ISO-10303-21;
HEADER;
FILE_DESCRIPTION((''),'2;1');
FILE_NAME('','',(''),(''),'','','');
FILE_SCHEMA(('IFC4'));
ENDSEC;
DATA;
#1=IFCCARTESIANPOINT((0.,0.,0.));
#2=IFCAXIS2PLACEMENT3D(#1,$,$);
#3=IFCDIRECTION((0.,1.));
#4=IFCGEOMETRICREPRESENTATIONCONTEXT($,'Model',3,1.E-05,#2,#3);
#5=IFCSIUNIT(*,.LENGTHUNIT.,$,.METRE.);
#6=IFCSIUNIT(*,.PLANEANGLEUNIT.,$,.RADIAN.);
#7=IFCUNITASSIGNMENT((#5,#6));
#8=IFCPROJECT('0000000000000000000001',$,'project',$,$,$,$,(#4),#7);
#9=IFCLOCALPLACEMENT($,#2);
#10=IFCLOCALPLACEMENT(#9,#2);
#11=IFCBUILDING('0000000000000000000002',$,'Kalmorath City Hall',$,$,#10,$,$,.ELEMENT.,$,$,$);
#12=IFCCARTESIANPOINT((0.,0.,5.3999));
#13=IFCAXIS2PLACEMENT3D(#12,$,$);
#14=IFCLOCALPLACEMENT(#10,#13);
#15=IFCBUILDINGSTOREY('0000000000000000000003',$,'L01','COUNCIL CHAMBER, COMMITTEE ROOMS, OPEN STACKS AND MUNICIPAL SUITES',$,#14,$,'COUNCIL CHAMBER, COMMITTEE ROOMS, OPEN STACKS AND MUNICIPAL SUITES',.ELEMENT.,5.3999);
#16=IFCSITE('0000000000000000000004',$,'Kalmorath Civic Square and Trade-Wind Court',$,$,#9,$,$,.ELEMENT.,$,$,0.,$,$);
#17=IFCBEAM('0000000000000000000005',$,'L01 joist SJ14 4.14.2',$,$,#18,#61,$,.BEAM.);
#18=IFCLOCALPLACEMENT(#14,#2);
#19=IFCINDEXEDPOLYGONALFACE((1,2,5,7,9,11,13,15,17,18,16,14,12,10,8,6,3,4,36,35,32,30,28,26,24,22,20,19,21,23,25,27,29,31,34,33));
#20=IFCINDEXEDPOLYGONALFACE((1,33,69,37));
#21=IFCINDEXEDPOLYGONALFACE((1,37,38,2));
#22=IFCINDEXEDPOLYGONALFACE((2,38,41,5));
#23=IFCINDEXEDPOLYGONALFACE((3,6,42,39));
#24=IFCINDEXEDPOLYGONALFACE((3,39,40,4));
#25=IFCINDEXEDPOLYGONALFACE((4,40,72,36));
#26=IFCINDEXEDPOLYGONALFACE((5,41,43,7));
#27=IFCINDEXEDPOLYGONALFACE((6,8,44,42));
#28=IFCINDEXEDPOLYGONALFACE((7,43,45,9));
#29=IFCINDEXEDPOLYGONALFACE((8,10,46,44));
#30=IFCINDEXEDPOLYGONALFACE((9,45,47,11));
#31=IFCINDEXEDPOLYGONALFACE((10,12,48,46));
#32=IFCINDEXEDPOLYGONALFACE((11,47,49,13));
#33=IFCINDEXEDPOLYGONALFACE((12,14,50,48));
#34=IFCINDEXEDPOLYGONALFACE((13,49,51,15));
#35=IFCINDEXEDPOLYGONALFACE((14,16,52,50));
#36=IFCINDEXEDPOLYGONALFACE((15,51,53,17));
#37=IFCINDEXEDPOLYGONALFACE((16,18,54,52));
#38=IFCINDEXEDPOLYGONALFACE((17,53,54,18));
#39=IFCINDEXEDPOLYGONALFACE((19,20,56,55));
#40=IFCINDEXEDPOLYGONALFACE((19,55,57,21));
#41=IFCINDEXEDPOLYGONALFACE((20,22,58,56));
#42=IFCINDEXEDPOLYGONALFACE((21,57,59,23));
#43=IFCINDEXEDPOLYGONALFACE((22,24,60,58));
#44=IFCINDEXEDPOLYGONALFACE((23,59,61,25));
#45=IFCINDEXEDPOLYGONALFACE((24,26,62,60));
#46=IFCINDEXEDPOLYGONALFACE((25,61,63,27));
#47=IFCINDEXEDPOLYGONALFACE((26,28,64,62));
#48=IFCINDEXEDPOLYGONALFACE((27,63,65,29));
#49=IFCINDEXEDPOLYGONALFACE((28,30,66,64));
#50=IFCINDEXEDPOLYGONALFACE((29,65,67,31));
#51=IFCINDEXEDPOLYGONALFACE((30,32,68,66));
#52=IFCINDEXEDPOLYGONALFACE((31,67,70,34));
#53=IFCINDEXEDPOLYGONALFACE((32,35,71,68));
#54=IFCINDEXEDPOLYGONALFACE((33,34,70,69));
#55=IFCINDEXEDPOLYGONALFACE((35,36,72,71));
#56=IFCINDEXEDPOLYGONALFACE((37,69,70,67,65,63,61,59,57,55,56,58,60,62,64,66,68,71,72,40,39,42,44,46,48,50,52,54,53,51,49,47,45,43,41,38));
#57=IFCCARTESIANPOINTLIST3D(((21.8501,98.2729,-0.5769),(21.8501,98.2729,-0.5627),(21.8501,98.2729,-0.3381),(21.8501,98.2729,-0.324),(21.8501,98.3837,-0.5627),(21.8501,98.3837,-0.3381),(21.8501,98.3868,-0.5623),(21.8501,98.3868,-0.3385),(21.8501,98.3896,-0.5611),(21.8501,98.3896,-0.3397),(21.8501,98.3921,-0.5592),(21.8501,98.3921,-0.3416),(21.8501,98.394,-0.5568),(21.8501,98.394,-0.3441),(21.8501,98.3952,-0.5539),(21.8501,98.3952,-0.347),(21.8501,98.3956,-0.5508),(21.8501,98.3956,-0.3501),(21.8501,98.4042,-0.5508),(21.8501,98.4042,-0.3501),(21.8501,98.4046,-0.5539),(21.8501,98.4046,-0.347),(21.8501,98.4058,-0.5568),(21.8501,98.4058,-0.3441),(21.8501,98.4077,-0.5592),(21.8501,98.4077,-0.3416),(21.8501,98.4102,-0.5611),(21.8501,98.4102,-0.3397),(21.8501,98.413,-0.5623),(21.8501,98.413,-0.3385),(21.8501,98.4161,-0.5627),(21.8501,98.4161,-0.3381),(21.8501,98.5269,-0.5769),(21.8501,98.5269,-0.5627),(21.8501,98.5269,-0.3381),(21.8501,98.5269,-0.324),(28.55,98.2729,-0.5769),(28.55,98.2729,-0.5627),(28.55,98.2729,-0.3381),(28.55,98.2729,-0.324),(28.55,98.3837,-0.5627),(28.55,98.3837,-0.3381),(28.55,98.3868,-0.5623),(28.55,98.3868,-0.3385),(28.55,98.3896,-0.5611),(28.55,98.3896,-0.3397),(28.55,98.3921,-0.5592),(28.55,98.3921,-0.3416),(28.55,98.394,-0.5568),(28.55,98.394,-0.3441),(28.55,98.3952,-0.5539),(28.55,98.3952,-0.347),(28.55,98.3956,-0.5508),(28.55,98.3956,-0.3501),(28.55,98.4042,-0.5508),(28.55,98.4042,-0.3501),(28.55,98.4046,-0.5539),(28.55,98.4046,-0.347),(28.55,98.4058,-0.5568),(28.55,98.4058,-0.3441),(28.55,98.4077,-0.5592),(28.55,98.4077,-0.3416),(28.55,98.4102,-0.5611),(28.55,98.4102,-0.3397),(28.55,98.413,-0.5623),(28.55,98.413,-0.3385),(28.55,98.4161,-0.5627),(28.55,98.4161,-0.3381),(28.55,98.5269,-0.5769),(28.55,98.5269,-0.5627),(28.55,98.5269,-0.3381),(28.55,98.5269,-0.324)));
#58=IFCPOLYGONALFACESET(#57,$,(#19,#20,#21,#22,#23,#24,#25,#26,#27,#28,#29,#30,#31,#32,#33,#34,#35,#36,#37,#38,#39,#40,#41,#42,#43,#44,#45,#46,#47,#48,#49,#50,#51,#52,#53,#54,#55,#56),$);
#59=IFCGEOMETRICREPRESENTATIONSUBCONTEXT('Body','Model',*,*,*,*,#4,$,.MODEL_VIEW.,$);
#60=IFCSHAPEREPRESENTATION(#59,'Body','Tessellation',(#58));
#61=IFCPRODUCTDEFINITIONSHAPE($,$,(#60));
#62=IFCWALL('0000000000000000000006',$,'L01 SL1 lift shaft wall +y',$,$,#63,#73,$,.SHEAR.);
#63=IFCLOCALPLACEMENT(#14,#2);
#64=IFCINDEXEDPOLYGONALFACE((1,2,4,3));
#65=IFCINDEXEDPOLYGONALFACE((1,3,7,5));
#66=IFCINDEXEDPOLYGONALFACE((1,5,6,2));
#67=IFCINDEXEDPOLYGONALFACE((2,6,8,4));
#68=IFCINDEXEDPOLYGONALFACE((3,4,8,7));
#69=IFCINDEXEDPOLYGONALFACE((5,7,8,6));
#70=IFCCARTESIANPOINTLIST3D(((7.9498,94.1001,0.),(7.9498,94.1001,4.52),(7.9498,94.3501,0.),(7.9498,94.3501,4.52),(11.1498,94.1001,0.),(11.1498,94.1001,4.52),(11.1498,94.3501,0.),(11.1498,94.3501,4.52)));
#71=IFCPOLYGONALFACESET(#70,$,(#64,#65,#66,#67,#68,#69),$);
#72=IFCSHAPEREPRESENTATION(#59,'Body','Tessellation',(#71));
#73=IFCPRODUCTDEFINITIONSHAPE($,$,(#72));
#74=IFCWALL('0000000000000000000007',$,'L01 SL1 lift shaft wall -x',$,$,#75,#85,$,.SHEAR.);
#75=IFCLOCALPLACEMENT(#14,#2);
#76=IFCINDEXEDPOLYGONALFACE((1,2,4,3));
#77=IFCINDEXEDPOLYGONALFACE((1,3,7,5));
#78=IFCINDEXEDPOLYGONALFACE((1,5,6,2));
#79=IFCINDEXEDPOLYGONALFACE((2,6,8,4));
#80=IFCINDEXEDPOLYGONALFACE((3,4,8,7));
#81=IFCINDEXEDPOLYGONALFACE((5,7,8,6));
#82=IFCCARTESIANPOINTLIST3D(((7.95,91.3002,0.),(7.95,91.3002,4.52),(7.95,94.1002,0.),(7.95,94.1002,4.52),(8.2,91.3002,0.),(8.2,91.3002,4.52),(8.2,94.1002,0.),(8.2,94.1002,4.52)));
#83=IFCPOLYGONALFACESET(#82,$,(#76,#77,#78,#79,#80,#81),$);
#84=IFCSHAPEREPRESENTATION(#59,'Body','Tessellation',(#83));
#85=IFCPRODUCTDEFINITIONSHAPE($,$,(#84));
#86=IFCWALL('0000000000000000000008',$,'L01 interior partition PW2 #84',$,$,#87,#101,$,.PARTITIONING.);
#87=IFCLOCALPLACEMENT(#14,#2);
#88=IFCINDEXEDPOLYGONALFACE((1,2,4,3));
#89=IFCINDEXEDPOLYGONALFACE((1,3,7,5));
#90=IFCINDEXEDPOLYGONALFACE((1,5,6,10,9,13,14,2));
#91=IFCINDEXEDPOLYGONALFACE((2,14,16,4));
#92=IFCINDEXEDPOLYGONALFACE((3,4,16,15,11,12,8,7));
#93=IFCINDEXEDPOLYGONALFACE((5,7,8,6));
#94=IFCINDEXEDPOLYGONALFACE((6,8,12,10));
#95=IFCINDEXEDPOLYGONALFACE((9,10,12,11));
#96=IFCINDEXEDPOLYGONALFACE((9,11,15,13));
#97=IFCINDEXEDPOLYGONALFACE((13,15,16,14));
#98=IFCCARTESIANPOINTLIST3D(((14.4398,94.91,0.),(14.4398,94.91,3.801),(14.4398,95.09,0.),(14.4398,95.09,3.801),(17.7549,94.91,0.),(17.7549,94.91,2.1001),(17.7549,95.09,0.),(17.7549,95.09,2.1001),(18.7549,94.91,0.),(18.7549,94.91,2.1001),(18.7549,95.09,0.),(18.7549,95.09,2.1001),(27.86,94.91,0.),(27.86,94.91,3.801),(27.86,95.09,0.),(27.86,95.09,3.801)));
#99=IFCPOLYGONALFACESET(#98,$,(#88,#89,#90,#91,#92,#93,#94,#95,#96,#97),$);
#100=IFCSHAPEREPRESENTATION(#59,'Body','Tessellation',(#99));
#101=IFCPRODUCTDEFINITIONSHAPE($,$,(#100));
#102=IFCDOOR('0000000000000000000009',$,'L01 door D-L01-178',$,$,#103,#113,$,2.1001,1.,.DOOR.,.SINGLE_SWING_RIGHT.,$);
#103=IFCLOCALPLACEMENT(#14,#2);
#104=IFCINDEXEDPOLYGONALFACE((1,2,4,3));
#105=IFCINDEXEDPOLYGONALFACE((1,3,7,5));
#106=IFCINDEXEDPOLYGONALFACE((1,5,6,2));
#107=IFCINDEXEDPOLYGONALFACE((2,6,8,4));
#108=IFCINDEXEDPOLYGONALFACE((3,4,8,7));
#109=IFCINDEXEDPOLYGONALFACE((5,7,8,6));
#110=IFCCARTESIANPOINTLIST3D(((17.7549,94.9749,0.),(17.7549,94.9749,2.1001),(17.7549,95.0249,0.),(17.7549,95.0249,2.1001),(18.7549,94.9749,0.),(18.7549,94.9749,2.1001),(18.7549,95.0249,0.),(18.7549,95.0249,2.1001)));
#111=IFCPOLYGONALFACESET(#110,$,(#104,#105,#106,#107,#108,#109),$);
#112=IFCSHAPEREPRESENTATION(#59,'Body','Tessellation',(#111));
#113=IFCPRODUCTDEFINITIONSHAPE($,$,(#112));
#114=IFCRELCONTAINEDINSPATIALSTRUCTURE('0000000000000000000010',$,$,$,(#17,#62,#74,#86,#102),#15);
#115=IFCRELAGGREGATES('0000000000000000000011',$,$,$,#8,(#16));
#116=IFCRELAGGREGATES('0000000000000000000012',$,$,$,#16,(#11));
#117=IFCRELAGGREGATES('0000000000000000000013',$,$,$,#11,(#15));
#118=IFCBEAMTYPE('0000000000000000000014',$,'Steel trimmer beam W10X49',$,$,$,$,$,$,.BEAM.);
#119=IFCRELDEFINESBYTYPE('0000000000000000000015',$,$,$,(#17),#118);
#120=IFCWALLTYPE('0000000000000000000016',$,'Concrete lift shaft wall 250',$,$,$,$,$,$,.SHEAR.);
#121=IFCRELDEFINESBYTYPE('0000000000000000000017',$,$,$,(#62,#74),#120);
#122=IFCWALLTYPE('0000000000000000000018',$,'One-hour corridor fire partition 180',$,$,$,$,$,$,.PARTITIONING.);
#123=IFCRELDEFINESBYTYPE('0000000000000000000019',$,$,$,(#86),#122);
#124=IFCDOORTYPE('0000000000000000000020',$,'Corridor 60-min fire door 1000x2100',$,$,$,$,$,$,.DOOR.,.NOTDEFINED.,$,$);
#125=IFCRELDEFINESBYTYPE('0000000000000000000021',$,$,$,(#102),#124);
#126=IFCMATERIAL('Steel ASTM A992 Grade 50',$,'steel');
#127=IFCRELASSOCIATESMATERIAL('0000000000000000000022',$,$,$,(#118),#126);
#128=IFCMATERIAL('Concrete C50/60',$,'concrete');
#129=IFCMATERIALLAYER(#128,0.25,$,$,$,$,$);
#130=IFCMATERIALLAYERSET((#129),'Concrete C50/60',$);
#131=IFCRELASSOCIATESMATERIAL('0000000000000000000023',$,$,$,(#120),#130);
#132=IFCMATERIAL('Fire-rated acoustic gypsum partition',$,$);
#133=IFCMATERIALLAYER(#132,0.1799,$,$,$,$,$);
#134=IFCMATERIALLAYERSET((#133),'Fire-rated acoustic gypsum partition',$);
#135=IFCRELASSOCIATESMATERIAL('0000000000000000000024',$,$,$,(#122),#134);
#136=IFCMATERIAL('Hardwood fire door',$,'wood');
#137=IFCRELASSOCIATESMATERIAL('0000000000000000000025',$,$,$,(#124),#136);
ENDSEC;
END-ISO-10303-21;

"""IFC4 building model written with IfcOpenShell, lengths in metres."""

from ifc_helpers import new_model, si_unit, direction, frame, frame_2d, origin, origin_2d, place, context, subcontext, project, spatial, rectangle, i_section, extrude, material, layer, layer_set, material_profile, profile_set, type_object, element, fill, save


model = new_model("IFC4")

# Units and contexts
model_context = context("Model", 3, precision=1e-05, world=origin(), true_north=direction((0.0, 1.0)))
body_context = subcontext(model_context, "Body", "Model", "MODEL_VIEW")
ifc_project = project(units=[si_unit("LENGTHUNIT", "METRE"), si_unit("PLANEANGLEUNIT", "RADIAN")], contexts=[model_context])

# Site, building, storey
site_placement = place(None, origin())
site = spatial("IfcSite", under=ifc_project, at=site_placement, Name="Kalmorath Civic Square and Trade-Wind Court", CompositionType="ELEMENT", RefElevation=0.0)
building_placement = place(site_placement, origin())
building = spatial("IfcBuilding", under=site, at=building_placement, Name="Kalmorath City Hall", CompositionType="ELEMENT")
storey_placement = place(building_placement, frame((0.0, 0.0, 5.3999)))
storey = spatial("IfcBuildingStorey", under=building, at=storey_placement, Name="L01", Description="COUNCIL CHAMBER, COMMITTEE ROOMS, OPEN STACKS AND MUNICIPAL SUITES", LongName="COUNCIL CHAMBER, COMMITTEE ROOMS, OPEN STACKS AND MUNICIPAL SUITES", CompositionType="ELEMENT", Elevation=5.3999)

# Beam
ifc_material_1 = material(Name="Steel ASTM A992 Grade 50", Category="steel")
ifc_material_profile_1 = material_profile(ifc_material_1, i_section(OverallWidth=0.2539, OverallDepth=0.2529, WebThickness=0.0085, FlangeThickness=0.0142, FilletRadius=0.012, at=origin_2d()), Name="W10X49")
ifc_profile_set_1 = profile_set([ifc_material_profile_1], Name="Steel ASTM A992 Grade 50")
beam_type_1 = type_object("IfcBeamType", Name="Steel trimmer beam W10X49", PredefinedType="BEAM", material=ifc_profile_set_1)
for number, where, z_axis, x_axis, name in (
    (1, (21.8501, 98.3999, -0.4504), (1.0, 0.0, 0.0), (0.0, 1.0, 0.0), "L01 joist SJ14 4.14.2"),
):
    element("IfcBeam", number, at=place(storey_placement, frame(where, z_axis=z_axis, x_axis=x_axis)), inside=storey, type_object=beam_type_1, Name=name, PredefinedType="BEAM", context=body_context, shape_type="SweptSolid", body=[
        extrude(i_section(OverallWidth=0.2539, OverallDepth=0.2529, WebThickness=0.0085, FlangeThickness=0.0142, FilletRadius=0.012, at=origin_2d()), origin(), (0.0, 0.0, 1.0), 6.7),
    ])

# Walls
ifc_material_2 = material(Name="Concrete C50/60", Category="concrete")
ifc_layer_1 = layer(ifc_material_2, 0.25)
ifc_layer_set_1 = layer_set([ifc_layer_1], Name="Concrete C50/60")
wall_type_1 = type_object("IfcWallType", Name="Concrete lift shaft wall 250", PredefinedType="SHEAR", material=ifc_layer_set_1)
wall_1_placement = place(storey_placement, frame((11.1499, 94.2251, 0.0), z_axis=(0.0, 0.0, 1.0), x_axis=(-1.0, 0.0, 0.0)))
element("IfcWall", 2, at=wall_1_placement, inside=storey, type_object=wall_type_1, Name="L01 SL1 lift shaft wall +y", PredefinedType="SHEAR", context=body_context, shape_type="SweptSolid", body=[
    extrude(rectangle(XDim=3.2, YDim=0.25, at=frame_2d((1.6001, 0.0))), origin(), (0.0, 0.0, 1.0), 4.52),
])
wall_2_placement = place(storey_placement, frame((8.075, 94.1001, 0.0), z_axis=(0.0, 0.0, 1.0), x_axis=(0.0, -1.0, 0.0)))
element("IfcWall", 3, at=wall_2_placement, inside=storey, type_object=wall_type_1, Name="L01 SL1 lift shaft wall -x", PredefinedType="SHEAR", context=body_context, shape_type="SweptSolid", body=[
    extrude(rectangle(XDim=2.8, YDim=0.25, at=frame_2d((1.3999, 0.0))), origin(), (0.0, 0.0, 1.0), 4.52),
])

# Wall, opening, door
ifc_material_3 = material(Name="Fire-rated acoustic gypsum partition")
ifc_layer_2 = layer(ifc_material_3, 0.1799)
ifc_layer_set_2 = layer_set([ifc_layer_2], Name="Fire-rated acoustic gypsum partition")
wall_type_2 = type_object("IfcWallType", Name="One-hour corridor fire partition 180", PredefinedType="PARTITIONING", material=ifc_layer_set_2)
wall_3_placement = place(storey_placement, frame((14.4399, 95.0, 0.0), z_axis=(0.0, 0.0, 1.0), x_axis=(1.0, 0.0, 0.0)))
wall_3 = element("IfcWall", 4, at=wall_3_placement, inside=storey, type_object=wall_type_2, Name="L01 interior partition PW2 #84", PredefinedType="PARTITIONING", context=body_context, shape_type="SweptSolid", body=[
    extrude(rectangle(XDim=13.4202, YDim=0.1799, at=frame_2d((6.71, 0.0))), origin(), (0.0, 0.0, 1.0), 3.801),
])
opening_placement = place(wall_3_placement, frame((3.3149, 0.0, 0.0)))
opening = element("IfcOpeningElement", 5, at=opening_placement, cuts=wall_3, PredefinedType="OPENING", context=body_context, shape_type="SweptSolid", body=[
    extrude(rectangle(XDim=1.0, YDim=2.1001, at=frame_2d((0.5, 1.05))), frame((0.0, 0.0999, 0.0), z_axis=(0.0, -1.0, 0.0), x_axis=(1.0, 0.0, 0.0)), (0.0, 0.0, 1.0), 0.2),
])
ifc_material_4 = material(Name="Hardwood fire door", Category="wood")
door_type = type_object("IfcDoorType", Name="Corridor 60-min fire door 1000x2100", OperationType="NOTDEFINED", PredefinedType="DOOR", material=ifc_material_4)
door_placement = place(opening_placement, origin())
door = element("IfcDoor", 6, at=door_placement, inside=storey, type_object=door_type, Name="L01 door D-L01-178", OperationType="SINGLE_SWING_RIGHT", OverallHeight=2.1001, OverallWidth=1.0, PredefinedType="DOOR", context=body_context, shape_type="SweptSolid", body=[
    extrude(rectangle(XDim=1.0, YDim=2.1001, at=frame_2d((0.5, 1.05))), frame((0.0, 0.0249, 0.0), z_axis=(0.0, -1.0, 0.0), x_axis=(1.0, 0.0, 0.0)), (0.0, 0.0, 1.0), 0.05),
])
fill(opening, door)

save(model, "model.ifc")
